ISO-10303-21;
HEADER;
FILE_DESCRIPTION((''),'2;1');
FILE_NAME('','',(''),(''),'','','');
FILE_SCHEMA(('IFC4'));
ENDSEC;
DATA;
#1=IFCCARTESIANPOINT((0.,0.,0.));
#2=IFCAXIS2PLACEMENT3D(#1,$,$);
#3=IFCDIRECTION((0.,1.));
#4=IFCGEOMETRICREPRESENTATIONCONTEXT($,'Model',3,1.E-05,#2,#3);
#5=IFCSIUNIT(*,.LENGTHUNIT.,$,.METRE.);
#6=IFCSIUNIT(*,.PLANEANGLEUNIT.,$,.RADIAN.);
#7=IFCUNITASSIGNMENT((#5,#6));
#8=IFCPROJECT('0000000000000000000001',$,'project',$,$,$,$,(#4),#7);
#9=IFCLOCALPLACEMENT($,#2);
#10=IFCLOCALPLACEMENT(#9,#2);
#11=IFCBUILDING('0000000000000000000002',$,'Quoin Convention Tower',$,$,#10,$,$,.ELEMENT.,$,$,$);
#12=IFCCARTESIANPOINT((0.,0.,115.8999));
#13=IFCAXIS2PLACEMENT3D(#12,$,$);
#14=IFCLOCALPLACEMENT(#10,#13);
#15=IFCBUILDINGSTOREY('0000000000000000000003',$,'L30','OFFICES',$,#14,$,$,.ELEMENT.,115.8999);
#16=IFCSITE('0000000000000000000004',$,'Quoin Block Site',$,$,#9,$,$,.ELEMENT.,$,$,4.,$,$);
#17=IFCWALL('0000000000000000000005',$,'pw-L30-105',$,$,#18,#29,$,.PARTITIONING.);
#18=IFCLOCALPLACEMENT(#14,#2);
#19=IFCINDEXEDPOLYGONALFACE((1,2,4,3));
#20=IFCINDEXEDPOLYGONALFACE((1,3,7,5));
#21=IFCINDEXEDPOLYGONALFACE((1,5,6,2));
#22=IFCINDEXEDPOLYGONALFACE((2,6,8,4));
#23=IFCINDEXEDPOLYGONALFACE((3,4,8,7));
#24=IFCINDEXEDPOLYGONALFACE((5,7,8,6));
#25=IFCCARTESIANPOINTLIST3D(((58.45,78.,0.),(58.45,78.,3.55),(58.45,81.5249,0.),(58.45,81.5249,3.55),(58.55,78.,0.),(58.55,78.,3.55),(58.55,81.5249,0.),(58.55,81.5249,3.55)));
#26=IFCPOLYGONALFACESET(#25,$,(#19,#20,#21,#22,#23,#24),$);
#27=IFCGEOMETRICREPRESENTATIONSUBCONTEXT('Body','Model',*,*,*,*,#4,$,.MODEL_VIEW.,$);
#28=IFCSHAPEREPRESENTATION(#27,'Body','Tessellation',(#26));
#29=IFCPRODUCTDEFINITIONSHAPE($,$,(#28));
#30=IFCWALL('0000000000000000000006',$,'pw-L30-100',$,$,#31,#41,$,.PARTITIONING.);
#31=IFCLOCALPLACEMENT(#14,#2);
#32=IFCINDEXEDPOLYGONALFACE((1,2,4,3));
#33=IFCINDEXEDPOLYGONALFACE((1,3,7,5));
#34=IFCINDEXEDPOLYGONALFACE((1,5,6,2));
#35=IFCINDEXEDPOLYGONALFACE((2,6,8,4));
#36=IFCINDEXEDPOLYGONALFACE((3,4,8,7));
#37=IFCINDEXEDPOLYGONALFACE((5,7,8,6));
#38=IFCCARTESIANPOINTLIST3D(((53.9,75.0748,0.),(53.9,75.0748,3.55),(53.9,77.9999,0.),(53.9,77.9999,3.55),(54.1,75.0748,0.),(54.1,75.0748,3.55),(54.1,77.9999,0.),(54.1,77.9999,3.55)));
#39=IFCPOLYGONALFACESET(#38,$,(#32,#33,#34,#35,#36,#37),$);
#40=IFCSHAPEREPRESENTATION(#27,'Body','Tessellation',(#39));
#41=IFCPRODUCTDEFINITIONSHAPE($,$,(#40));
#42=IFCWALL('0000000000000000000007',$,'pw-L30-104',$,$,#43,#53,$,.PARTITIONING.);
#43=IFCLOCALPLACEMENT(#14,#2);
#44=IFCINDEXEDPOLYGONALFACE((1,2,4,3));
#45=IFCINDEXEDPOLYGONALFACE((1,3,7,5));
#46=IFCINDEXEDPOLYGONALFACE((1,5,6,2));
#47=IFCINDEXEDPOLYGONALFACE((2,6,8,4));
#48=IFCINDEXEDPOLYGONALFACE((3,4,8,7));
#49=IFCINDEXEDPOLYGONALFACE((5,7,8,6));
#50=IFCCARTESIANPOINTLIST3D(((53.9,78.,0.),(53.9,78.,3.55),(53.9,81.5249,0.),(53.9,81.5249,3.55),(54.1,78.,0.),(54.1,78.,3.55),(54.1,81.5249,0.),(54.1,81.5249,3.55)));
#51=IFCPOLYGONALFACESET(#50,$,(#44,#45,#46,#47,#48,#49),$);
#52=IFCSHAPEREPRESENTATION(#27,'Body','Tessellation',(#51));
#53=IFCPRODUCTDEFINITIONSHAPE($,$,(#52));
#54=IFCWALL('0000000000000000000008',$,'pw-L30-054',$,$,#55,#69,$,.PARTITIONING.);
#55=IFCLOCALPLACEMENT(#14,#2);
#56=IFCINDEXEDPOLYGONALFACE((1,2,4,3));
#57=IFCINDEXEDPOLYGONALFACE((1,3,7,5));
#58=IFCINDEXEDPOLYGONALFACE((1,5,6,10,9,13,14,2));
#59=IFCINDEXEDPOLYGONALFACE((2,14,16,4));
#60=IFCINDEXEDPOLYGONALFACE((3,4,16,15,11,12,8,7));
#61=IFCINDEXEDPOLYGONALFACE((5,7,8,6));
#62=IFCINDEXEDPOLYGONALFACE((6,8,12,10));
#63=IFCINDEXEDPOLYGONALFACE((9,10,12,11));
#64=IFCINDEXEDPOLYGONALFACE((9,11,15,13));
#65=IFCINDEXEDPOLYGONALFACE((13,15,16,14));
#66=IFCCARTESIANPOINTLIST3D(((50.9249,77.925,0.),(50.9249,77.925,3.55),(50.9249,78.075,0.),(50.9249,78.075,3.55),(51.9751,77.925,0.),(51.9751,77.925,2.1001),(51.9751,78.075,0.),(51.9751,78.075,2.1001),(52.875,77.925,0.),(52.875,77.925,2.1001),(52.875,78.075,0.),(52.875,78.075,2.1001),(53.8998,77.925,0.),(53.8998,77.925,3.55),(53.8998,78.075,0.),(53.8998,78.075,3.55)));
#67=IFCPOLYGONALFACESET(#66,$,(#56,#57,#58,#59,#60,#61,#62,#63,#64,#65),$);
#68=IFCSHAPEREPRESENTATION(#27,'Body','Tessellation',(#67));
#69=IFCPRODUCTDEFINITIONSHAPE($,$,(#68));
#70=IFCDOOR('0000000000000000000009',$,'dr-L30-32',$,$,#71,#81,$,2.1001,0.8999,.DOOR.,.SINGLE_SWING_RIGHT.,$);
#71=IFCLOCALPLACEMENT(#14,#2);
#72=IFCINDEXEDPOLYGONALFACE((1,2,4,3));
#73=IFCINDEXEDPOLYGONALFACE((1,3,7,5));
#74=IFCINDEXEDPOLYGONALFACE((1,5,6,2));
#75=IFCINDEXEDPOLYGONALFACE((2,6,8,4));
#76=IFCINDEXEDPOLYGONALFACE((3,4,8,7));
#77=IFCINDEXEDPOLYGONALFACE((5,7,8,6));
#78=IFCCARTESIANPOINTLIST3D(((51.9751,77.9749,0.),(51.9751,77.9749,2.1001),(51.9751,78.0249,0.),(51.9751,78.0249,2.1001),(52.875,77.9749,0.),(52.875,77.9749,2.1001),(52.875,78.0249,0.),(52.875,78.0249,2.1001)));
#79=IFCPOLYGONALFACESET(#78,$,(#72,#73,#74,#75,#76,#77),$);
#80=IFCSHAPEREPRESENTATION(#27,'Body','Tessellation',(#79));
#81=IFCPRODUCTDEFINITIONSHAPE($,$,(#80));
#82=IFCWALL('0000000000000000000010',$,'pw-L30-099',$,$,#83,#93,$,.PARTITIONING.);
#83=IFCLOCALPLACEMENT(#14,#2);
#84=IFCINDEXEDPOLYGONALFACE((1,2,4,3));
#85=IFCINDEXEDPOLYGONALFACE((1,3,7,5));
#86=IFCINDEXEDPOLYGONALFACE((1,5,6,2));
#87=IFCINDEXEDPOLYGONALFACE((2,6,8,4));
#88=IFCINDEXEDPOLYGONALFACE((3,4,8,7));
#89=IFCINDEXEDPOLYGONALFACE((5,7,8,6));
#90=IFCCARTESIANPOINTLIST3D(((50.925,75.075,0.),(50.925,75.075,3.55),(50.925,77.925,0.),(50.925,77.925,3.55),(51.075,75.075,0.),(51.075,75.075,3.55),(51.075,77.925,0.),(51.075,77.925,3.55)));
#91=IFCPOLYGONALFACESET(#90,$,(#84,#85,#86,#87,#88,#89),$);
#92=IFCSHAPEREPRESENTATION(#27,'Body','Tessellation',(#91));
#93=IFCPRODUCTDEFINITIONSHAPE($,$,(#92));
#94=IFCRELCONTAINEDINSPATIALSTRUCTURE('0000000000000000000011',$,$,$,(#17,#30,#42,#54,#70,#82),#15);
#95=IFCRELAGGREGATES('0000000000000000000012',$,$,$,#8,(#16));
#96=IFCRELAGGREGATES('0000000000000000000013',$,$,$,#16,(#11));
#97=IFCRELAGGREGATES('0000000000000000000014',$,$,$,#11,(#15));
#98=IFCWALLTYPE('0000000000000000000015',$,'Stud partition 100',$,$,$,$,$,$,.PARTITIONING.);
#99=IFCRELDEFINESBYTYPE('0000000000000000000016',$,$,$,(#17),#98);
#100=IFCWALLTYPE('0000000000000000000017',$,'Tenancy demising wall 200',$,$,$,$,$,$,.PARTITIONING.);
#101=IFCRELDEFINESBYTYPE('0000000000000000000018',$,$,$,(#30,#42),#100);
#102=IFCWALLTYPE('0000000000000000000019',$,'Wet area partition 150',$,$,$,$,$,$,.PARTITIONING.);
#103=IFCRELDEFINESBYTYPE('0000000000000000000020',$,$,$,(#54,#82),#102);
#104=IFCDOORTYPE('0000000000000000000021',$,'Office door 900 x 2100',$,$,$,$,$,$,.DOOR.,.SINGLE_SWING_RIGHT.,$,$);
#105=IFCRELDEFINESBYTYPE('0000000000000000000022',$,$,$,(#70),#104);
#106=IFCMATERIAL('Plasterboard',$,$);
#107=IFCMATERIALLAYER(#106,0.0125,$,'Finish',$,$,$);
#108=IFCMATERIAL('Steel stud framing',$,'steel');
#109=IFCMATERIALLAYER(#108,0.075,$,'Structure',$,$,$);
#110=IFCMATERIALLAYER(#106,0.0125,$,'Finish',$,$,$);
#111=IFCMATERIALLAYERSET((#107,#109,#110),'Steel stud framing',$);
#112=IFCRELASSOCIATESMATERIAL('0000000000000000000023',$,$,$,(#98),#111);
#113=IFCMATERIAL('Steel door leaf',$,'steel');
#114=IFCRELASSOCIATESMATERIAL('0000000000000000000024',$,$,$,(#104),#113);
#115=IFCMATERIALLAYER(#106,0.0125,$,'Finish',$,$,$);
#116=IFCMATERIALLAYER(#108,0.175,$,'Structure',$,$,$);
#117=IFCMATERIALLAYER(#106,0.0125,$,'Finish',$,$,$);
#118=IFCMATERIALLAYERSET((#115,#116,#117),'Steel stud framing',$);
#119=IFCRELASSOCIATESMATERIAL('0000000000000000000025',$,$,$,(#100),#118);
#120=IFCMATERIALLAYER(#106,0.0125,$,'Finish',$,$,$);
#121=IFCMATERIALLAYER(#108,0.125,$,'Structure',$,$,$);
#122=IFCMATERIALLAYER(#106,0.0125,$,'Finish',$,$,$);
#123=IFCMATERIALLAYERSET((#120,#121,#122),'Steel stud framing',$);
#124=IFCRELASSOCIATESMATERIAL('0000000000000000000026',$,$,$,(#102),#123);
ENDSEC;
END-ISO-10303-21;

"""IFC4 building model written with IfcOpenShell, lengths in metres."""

from ifc_helpers import new_model, si_unit, direction, frame, frame_2d, origin, place, context, subcontext, project, spatial, rectangle, extrude, material, layer, layer_set, type_object, element, fill, save


model = new_model("IFC4")

# Units and contexts
model_context = context("Model", 3, precision=1e-05, world=origin(), true_north=direction((0.0, 1.0)))
body_context = subcontext(model_context, "Body", "Model", "MODEL_VIEW")
ifc_project = project(units=[si_unit("LENGTHUNIT", "METRE"), si_unit("PLANEANGLEUNIT", "RADIAN")], contexts=[model_context])

# Site, building, storey
site_placement = place(None, origin())
site = spatial("IfcSite", under=ifc_project, at=site_placement, Name="Quoin Block Site", CompositionType="ELEMENT", RefElevation=4.0)
building_placement = place(site_placement, origin())
building = spatial("IfcBuilding", under=site, at=building_placement, Name="Quoin Convention Tower", CompositionType="ELEMENT")
storey_placement = place(building_placement, frame((0.0, 0.0, 115.8999)))
storey = spatial("IfcBuildingStorey", under=building, at=storey_placement, Name="L30", Description="OFFICES", CompositionType="ELEMENT", Elevation=115.8999)

# Shared definitions
ifc_material_1 = material(Name="Plasterboard")
ifc_material_2 = material(Name="Steel stud framing", Category="steel")
ifc_material_3 = material(Name="Steel door leaf", Category="steel")

# Shared definitions
ifc_layer_1 = layer(ifc_material_1, 0.0125, Name="Finish")
ifc_layer_2 = layer(ifc_material_2, 0.075, Name="Structure")
ifc_layer_3 = layer(ifc_material_1, 0.0125, Name="Finish")
ifc_layer_set_1 = layer_set([ifc_layer_1, ifc_layer_2, ifc_layer_3], Name="Steel stud framing")
wall_type_1 = type_object("IfcWallType", Name="Stud partition 100", PredefinedType="PARTITIONING", material=ifc_layer_set_1)
door_type_1 = type_object("IfcDoorType", Name="Office door 900 x 2100", OperationType="SINGLE_SWING_RIGHT", PredefinedType="DOOR", material=ifc_material_3)

# Walls
wall_1_placement = place(storey_placement, frame((58.5, 78.0, 0.0), z_axis=(0.0, 0.0, 1.0), x_axis=(0.0, 1.0, 0.0)))
element("IfcWall", 1, at=wall_1_placement, inside=storey, type_object=wall_type_1, Name="pw-L30-105", PredefinedType="PARTITIONING", context=body_context, shape_type="SweptSolid", body=[
    extrude(rectangle(XDim=3.5249, YDim=0.1001, at=frame_2d((1.7625, 0.0))), origin(), (0.0, 0.0, 1.0), 3.55),
])
ifc_layer_4 = layer(ifc_material_1, 0.0125, Name="Finish")
ifc_layer_5 = layer(ifc_material_2, 0.175, Name="Structure")
ifc_layer_6 = layer(ifc_material_1, 0.0125, Name="Finish")
ifc_layer_set_2 = layer_set([ifc_layer_4, ifc_layer_5, ifc_layer_6], Name="Steel stud framing")
wall_type_2 = type_object("IfcWallType", Name="Tenancy demising wall 200", PredefinedType="PARTITIONING", material=ifc_layer_set_2)
wall_2_placement = place(storey_placement, frame((54.0, 75.075, 0.0), z_axis=(0.0, 0.0, 1.0), x_axis=(0.0, 1.0, 0.0)))
element("IfcWall", 2, at=wall_2_placement, inside=storey, type_object=wall_type_2, Name="pw-L30-100", PredefinedType="PARTITIONING", context=body_context, shape_type="SweptSolid", body=[
    extrude(rectangle(XDim=2.925, YDim=0.2, at=frame_2d((1.4624, 0.0))), origin(), (0.0, 0.0, 1.0), 3.55),
])
wall_3_placement = place(storey_placement, frame((54.0, 78.0, 0.0), z_axis=(0.0, 0.0, 1.0), x_axis=(0.0, 1.0, 0.0)))
element("IfcWall", 3, at=wall_3_placement, inside=storey, type_object=wall_type_2, Name="pw-L30-104", PredefinedType="PARTITIONING", context=body_context, shape_type="SweptSolid", body=[
    extrude(rectangle(XDim=3.5249, YDim=0.2, at=frame_2d((1.7625, 0.0))), origin(), (0.0, 0.0, 1.0), 3.55),
])

# Wall, opening, door
ifc_layer_7 = layer(ifc_material_1, 0.0125, Name="Finish")
ifc_layer_8 = layer(ifc_material_2, 0.125, Name="Structure")
ifc_layer_9 = layer(ifc_material_1, 0.0125, Name="Finish")
ifc_layer_set_3 = layer_set([ifc_layer_7, ifc_layer_8, ifc_layer_9], Name="Steel stud framing")
wall_type_3 = type_object("IfcWallType", Name="Wet area partition 150", PredefinedType="PARTITIONING", material=ifc_layer_set_3)
wall_4_placement = place(storey_placement, frame((50.925, 78.0, 0.0), z_axis=(0.0, 0.0, 1.0), x_axis=(1.0, 0.0, 0.0)))
wall_4 = element("IfcWall", 4, at=wall_4_placement, inside=storey, type_object=wall_type_3, Name="pw-L30-054", PredefinedType="PARTITIONING", context=body_context, shape_type="SweptSolid", body=[
    extrude(rectangle(XDim=2.9749, YDim=0.1499, at=frame_2d((1.4873, 0.0))), origin(), (0.0, 0.0, 1.0), 3.55),
])
opening_1_placement = place(wall_4_placement, frame((1.05, 0.0, 0.0)))
opening_1 = element("IfcOpeningElement", 5, at=opening_1_placement, cuts=wall_4, PredefinedType="OPENING", context=body_context, shape_type="SweptSolid", body=[
    extrude(rectangle(XDim=0.8999, YDim=2.1001, at=frame_2d((0.45, 1.05))), frame((0.0, 0.085, 0.0), z_axis=(0.0, -1.0, 0.0), x_axis=(1.0, 0.0, 0.0)), (0.0, 0.0, 1.0), 0.1699),
])
door_1_placement = place(opening_1_placement, origin())
door_1 = element("IfcDoor", 6, at=door_1_placement, inside=storey, type_object=door_type_1, Name="dr-L30-32", OperationType="SINGLE_SWING_RIGHT", OverallHeight=2.1001, OverallWidth=0.8999, PredefinedType="DOOR", context=body_context, shape_type="SweptSolid", body=[
    extrude(rectangle(XDim=0.8999, YDim=2.1001, at=frame_2d((0.45, 1.05))), frame((0.0, 0.0249, 0.0), z_axis=(0.0, -1.0, 0.0), x_axis=(1.0, 0.0, 0.0)), (0.0, 0.0, 1.0), 0.05),
])
fill(opening_1, door_1)

# Wall
wall_5_placement = place(storey_placement, frame((51.0, 75.075, 0.0), z_axis=(0.0, 0.0, 1.0), x_axis=(0.0, 1.0, 0.0)))
element("IfcWall", 7, at=wall_5_placement, inside=storey, type_object=wall_type_3, Name="pw-L30-099", PredefinedType="PARTITIONING", context=body_context, shape_type="SweptSolid", body=[
    extrude(rectangle(XDim=2.8501, YDim=0.1499, at=frame_2d((1.425, 0.0))), origin(), (0.0, 0.0, 1.0), 3.55),
])

save(model, "model.ifc")
